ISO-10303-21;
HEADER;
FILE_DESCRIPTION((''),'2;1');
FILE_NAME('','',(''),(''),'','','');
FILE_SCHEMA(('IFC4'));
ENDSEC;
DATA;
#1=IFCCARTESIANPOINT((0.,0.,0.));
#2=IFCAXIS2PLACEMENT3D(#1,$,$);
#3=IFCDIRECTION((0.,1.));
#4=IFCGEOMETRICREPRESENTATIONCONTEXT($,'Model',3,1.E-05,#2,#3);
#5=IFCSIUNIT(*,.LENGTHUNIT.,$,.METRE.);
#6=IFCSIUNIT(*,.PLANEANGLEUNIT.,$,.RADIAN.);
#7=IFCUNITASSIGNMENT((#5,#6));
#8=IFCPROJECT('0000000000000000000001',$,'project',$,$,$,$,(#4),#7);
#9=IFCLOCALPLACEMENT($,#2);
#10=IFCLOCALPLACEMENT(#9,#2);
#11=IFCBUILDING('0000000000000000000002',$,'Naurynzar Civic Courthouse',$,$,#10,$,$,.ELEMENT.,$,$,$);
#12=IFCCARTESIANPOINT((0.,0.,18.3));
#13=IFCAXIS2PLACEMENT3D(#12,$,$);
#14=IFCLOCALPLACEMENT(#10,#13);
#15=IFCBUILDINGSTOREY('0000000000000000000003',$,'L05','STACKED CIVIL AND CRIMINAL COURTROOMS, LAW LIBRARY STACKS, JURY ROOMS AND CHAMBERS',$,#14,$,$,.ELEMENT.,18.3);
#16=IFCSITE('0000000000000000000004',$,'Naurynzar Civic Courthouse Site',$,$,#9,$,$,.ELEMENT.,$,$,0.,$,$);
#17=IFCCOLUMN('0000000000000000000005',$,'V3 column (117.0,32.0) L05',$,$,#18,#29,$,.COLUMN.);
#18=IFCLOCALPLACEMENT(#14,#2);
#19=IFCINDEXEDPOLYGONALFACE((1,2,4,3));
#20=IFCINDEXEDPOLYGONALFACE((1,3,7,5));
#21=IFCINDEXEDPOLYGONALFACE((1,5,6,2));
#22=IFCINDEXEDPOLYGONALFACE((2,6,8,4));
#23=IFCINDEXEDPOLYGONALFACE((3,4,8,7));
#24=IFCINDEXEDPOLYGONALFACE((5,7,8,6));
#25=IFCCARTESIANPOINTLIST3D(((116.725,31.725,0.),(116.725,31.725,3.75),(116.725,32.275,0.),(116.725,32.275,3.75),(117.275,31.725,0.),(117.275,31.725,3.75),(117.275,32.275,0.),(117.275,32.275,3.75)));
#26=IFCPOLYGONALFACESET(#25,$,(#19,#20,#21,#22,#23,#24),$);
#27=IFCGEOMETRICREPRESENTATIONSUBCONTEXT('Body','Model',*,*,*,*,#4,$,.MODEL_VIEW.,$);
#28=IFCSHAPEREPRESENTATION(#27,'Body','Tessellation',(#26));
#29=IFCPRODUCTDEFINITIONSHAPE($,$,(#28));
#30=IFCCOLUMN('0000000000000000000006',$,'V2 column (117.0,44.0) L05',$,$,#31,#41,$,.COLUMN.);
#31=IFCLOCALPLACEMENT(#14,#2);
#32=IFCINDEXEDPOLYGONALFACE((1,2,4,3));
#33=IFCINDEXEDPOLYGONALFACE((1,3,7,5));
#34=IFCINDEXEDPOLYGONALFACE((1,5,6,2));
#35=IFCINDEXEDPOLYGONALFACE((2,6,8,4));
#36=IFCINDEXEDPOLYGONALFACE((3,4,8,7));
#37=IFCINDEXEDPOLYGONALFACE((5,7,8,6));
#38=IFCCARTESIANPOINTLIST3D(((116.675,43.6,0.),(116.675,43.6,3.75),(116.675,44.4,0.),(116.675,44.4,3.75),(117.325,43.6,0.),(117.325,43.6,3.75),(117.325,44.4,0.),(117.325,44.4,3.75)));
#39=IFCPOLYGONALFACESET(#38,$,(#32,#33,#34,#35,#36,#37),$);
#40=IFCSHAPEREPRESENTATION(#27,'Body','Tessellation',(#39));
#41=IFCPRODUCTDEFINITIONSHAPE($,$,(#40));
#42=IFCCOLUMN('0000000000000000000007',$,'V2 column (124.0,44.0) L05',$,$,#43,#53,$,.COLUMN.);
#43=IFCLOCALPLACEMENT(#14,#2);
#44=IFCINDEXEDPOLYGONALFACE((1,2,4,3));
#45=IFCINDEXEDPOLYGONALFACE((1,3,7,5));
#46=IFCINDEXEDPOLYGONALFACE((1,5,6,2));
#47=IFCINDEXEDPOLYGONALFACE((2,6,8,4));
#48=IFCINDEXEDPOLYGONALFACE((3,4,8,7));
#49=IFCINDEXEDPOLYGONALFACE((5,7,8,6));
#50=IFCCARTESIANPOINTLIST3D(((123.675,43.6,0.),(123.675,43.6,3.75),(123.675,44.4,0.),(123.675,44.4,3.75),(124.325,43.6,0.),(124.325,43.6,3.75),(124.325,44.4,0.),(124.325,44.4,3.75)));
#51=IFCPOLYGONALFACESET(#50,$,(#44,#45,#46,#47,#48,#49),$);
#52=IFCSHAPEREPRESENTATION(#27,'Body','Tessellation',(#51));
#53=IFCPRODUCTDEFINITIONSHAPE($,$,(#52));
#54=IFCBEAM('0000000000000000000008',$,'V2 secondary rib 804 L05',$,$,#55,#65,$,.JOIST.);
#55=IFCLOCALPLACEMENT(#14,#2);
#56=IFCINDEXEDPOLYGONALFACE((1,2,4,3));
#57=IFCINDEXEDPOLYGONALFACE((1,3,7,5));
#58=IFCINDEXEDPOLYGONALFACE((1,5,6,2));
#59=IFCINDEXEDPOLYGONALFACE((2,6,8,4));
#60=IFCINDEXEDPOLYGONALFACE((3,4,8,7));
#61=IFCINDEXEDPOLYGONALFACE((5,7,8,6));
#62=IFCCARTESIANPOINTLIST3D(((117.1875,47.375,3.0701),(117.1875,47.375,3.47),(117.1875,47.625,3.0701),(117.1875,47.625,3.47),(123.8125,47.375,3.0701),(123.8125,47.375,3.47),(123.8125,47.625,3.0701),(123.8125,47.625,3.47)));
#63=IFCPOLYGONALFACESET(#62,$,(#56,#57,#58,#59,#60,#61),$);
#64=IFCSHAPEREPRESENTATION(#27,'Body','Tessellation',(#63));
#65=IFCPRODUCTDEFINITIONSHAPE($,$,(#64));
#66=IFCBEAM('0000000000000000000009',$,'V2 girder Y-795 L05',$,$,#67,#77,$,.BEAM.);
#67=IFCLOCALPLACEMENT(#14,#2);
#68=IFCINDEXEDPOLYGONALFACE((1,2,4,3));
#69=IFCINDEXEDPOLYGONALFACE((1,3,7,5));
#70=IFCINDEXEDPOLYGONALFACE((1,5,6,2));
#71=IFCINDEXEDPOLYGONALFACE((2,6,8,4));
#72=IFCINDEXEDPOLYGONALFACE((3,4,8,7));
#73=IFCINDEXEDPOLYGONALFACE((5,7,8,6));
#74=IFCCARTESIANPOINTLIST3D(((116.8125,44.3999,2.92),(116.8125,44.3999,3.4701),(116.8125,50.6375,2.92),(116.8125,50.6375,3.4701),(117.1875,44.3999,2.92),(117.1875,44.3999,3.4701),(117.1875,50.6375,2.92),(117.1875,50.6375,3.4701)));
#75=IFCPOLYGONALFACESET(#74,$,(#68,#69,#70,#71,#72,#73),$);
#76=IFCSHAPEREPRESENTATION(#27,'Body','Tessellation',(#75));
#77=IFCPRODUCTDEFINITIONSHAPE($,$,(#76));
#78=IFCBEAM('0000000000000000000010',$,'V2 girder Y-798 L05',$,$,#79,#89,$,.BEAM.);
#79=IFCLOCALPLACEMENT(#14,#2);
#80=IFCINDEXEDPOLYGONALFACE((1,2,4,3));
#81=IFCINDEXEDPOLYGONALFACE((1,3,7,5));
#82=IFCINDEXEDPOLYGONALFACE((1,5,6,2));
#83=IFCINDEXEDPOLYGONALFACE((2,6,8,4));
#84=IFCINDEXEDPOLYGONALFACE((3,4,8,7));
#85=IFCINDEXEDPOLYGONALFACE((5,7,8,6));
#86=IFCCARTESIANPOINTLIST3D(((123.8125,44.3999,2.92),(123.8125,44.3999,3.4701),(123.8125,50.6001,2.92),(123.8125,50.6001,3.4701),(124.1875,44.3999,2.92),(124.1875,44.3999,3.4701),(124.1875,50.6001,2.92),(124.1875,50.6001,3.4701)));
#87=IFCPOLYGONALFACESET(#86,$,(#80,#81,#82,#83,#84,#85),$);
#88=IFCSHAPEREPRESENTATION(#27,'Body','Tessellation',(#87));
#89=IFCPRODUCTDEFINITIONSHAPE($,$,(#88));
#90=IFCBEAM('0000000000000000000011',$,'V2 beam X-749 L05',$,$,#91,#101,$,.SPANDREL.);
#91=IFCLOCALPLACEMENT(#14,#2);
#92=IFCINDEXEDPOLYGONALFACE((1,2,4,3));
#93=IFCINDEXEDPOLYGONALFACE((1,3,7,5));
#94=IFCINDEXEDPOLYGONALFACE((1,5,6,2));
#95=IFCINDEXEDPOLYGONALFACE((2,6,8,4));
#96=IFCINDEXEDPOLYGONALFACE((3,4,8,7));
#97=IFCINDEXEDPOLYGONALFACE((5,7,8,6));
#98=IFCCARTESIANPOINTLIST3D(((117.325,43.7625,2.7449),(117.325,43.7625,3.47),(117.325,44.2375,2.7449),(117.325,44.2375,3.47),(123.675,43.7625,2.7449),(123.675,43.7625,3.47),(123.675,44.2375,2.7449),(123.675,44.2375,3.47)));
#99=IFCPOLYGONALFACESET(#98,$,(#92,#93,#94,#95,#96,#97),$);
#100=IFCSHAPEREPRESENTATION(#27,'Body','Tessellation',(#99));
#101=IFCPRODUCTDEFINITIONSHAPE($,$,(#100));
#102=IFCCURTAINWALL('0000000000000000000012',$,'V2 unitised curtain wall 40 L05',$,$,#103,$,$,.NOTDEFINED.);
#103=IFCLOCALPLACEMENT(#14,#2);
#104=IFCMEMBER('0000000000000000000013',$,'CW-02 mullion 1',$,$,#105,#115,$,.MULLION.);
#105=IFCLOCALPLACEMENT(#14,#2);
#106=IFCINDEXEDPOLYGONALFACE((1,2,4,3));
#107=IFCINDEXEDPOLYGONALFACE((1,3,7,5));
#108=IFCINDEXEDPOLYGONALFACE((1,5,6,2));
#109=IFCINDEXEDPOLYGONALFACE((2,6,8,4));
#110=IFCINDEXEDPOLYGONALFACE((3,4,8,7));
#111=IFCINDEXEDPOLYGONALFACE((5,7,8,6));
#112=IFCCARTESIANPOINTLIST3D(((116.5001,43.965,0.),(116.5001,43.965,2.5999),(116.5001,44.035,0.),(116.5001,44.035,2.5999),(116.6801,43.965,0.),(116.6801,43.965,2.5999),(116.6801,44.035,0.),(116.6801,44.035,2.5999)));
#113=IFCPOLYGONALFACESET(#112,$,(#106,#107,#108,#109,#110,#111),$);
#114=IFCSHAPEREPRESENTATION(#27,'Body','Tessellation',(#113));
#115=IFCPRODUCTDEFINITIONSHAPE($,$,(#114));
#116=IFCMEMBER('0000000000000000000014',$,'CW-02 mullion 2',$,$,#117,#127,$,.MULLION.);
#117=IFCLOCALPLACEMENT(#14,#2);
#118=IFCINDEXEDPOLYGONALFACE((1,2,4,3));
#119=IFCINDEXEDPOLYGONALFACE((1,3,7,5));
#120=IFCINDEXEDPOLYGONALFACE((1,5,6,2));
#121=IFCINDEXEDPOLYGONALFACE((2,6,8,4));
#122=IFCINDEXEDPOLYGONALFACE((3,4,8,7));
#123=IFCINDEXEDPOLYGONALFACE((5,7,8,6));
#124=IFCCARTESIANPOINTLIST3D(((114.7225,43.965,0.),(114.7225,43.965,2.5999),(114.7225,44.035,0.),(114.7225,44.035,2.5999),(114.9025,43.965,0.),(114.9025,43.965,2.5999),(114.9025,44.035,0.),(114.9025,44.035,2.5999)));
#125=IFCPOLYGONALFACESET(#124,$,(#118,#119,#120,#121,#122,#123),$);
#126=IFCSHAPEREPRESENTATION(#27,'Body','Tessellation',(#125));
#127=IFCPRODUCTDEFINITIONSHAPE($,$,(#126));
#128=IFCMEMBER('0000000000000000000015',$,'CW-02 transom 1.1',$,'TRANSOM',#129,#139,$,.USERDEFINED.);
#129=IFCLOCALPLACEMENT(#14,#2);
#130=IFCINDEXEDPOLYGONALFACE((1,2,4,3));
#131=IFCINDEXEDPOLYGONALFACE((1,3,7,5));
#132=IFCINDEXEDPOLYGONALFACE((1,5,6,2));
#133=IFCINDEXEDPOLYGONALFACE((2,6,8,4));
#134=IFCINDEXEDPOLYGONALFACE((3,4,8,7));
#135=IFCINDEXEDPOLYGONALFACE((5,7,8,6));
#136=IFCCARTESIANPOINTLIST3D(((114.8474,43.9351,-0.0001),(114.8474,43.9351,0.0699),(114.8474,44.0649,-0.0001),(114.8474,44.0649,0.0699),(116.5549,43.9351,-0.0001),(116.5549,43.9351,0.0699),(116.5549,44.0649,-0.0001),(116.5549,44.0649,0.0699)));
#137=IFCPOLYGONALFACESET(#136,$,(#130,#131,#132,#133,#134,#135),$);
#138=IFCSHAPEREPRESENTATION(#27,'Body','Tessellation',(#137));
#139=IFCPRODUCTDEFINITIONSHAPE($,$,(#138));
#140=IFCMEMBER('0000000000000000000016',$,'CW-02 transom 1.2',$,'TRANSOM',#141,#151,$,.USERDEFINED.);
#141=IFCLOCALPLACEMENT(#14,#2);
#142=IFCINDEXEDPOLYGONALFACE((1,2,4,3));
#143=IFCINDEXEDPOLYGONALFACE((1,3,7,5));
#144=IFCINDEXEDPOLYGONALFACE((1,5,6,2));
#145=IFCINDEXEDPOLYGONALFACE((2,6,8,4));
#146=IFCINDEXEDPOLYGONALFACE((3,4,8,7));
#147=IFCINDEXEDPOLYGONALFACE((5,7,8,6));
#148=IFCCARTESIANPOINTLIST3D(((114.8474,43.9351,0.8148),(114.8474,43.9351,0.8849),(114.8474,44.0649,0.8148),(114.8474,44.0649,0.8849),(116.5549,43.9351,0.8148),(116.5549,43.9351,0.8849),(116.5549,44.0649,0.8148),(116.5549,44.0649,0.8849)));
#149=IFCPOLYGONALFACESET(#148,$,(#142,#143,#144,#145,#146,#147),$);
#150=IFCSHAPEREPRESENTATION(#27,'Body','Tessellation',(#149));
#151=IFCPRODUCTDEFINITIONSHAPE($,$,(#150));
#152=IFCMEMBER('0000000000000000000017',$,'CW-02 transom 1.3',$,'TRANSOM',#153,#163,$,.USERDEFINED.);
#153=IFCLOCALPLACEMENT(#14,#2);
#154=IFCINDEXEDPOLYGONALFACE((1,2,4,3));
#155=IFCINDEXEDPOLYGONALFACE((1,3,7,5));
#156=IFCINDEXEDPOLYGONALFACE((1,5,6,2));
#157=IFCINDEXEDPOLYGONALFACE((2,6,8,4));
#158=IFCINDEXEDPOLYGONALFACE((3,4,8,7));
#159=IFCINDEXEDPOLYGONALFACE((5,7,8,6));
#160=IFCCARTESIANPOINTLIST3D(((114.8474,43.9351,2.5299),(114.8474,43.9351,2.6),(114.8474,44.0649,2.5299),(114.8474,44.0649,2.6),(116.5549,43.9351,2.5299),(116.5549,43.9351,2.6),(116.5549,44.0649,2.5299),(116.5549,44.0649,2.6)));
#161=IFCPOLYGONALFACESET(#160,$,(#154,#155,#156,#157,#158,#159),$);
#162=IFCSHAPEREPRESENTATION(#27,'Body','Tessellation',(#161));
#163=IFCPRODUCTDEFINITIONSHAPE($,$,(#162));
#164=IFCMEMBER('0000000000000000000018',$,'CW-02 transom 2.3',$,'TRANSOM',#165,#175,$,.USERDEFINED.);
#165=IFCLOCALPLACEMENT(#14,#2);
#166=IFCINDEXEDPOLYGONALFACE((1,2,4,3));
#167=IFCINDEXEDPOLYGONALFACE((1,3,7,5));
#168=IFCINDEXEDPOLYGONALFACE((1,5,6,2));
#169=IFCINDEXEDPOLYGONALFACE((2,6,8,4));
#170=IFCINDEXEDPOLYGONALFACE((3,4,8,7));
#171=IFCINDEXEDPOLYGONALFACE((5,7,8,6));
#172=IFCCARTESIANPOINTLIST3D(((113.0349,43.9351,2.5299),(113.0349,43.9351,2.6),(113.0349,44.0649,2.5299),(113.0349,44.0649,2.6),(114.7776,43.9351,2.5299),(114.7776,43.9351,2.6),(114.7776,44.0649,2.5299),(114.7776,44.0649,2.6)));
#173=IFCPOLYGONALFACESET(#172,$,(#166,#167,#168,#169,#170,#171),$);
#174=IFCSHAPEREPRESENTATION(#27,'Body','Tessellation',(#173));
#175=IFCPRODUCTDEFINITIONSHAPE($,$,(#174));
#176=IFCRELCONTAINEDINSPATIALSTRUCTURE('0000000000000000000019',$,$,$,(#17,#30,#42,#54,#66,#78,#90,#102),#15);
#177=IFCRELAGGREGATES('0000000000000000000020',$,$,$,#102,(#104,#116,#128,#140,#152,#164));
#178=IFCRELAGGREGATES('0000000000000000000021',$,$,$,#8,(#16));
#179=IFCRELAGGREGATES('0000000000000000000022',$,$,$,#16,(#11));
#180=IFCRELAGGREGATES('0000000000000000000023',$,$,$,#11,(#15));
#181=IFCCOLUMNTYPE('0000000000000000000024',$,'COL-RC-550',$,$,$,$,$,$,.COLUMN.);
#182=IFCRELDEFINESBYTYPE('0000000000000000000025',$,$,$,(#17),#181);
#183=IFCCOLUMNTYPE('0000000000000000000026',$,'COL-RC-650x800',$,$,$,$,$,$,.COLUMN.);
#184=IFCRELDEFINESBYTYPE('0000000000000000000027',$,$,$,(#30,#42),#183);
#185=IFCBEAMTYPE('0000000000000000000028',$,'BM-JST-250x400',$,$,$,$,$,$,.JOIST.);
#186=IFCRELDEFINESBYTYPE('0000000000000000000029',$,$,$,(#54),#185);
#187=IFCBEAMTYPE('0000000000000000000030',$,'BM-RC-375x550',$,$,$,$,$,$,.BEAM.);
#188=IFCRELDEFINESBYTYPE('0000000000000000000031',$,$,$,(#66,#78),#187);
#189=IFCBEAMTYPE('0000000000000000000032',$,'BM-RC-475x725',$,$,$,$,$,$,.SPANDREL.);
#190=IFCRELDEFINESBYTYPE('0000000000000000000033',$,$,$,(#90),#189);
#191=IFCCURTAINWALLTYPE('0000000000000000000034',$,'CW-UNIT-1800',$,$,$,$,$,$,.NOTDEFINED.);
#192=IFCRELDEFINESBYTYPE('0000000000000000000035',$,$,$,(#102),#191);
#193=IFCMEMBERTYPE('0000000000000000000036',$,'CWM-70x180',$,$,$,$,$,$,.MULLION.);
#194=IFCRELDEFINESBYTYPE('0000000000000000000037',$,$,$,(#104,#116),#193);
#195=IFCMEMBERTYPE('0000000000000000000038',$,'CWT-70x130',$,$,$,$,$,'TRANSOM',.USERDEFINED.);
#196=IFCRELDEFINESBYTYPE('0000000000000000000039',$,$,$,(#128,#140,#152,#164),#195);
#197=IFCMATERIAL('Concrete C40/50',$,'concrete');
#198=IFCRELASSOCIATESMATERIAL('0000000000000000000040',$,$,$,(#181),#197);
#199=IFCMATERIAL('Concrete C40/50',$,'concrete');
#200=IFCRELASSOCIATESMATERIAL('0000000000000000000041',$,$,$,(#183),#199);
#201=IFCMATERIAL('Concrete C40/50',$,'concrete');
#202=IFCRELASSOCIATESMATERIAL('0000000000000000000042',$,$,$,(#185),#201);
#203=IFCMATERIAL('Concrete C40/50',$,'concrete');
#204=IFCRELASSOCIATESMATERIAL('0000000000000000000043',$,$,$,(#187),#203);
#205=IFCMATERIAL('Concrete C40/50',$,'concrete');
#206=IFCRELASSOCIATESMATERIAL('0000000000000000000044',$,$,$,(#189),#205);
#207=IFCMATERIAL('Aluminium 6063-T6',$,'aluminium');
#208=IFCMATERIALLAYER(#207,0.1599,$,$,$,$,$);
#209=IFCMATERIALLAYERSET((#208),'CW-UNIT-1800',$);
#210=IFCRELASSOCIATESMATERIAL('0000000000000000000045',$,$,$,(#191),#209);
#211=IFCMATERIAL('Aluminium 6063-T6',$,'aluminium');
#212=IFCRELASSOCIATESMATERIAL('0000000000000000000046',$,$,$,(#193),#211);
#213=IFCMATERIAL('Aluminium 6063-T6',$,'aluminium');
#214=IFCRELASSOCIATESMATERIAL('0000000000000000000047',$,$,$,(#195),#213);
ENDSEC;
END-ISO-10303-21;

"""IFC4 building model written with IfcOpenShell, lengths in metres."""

from ifc_helpers import new_model, si_unit, direction, frame, origin, origin_2d, place, context, subcontext, project, spatial, rectangle, extrude, material, layer, layer_set, material_profile, profile_set, type_object, element, aggregate, save


model = new_model("IFC4")

# Units and contexts
model_context = context("Model", 3, precision=1e-05, world=origin(), true_north=direction((0.0, 1.0)))
body_context = subcontext(model_context, "Body", "Model", "MODEL_VIEW")
ifc_project = project(units=[si_unit("LENGTHUNIT", "METRE"), si_unit("PLANEANGLEUNIT", "RADIAN")], contexts=[model_context])

# Site, building, storey
site_placement = place(None, origin())
site = spatial("IfcSite", under=ifc_project, at=site_placement, Name="Naurynzar Civic Courthouse Site", CompositionType="ELEMENT", RefElevation=0.0)
building_placement = place(site_placement, origin())
building = spatial("IfcBuilding", under=site, at=building_placement, Name="Naurynzar Civic Courthouse", CompositionType="ELEMENT")
storey_placement = place(building_placement, frame((0.0, 0.0, 18.3)))
storey = spatial("IfcBuildingStorey", under=building, at=storey_placement, Name="L05", Description="STACKED CIVIL AND CRIMINAL COURTROOMS, LAW LIBRARY STACKS, JURY ROOMS AND CHAMBERS", CompositionType="ELEMENT", Elevation=18.3)

# Columns
ifc_material_1 = material(Name="Concrete C40/50", Category="concrete")
ifc_material_profile_1 = material_profile(ifc_material_1, rectangle(XDim=0.55, YDim=0.55, at=origin_2d()), Name="RC 550x550")
ifc_profile_set_1 = profile_set([ifc_material_profile_1], Name="Concrete C40/50")
column_type_1 = type_object("IfcColumnType", Name="COL-RC-550", PredefinedType="COLUMN", material=ifc_profile_set_1)
column_placement = place(storey_placement, frame((117.0, 32.0, 0.0), z_axis=(0.0, 0.0, 1.0), x_axis=(1.0, 0.0, 0.0)))
element("IfcColumn", 1, at=column_placement, inside=storey, type_object=column_type_1, Name="V3 column (117.0,32.0) L05", PredefinedType="COLUMN", context=body_context, shape_type="SweptSolid", body=[
    extrude(rectangle(XDim=0.55, YDim=0.55, at=origin_2d()), origin(), (0.0, 0.0, 1.0), 3.75),
])
ifc_material_2 = material(Name="Concrete C40/50", Category="concrete")
ifc_material_profile_2 = material_profile(ifc_material_2, rectangle(XDim=0.6499, YDim=0.8, at=origin_2d()), Name="RC 650x800")
ifc_profile_set_2 = profile_set([ifc_material_profile_2], Name="Concrete C40/50")
column_type_2 = type_object("IfcColumnType", Name="COL-RC-650x800", PredefinedType="COLUMN", material=ifc_profile_set_2)
for number, where, z_axis, x_axis, name in (
    (2, (117.0, 44.0, 0.0), (0.0, 0.0, 1.0), (1.0, 0.0, 0.0), "V2 column (117.0,44.0) L05"),
    (3, (124.0, 44.0, 0.0), (0.0, 0.0, 1.0), (1.0, 0.0, 0.0), "V2 column (124.0,44.0) L05"),
):
    element("IfcColumn", number, at=place(storey_placement, frame(where, z_axis=z_axis, x_axis=x_axis)), inside=storey, type_object=column_type_2, Name=name, PredefinedType="COLUMN", context=body_context, shape_type="SweptSolid", body=[
        extrude(rectangle(XDim=0.6499, YDim=0.8, at=origin_2d()), origin(), (0.0, 0.0, 1.0), 3.75),
    ])

# Beams
ifc_material_3 = material(Name="Concrete C40/50", Category="concrete")
ifc_material_profile_3 = material_profile(ifc_material_3, rectangle(XDim=0.25, YDim=0.3999, at=origin_2d()), Name="RCB 250x400")
ifc_profile_set_3 = profile_set([ifc_material_profile_3], Name="Concrete C40/50")
beam_type_1 = type_object("IfcBeamType", Name="BM-JST-250x400", PredefinedType="JOIST", material=ifc_profile_set_3)
beam_1_placement = place(storey_placement, frame((117.1875, 47.5, 3.27), z_axis=(1.0, 0.0, 0.0), x_axis=(0.0, 1.0, 0.0)))
element("IfcBeam", 4, at=beam_1_placement, inside=storey, type_object=beam_type_1, Name="V2 secondary rib 804 L05", PredefinedType="JOIST", context=body_context, shape_type="SweptSolid", body=[
    extrude(rectangle(XDim=0.25, YDim=0.3999, at=origin_2d()), origin(), (0.0, 0.0, 1.0), 6.625),
])
ifc_material_4 = material(Name="Concrete C40/50", Category="concrete")
ifc_material_profile_4 = material_profile(ifc_material_4, rectangle(XDim=0.375, YDim=0.55, at=origin_2d()), Name="RCB 375x550")
ifc_profile_set_4 = profile_set([ifc_material_profile_4], Name="Concrete C40/50")
beam_type_2 = type_object("IfcBeamType", Name="BM-RC-375x550", PredefinedType="BEAM", material=ifc_profile_set_4)
beam_2_placement = place(storey_placement, frame((117.0, 44.3999, 3.1951), z_axis=(0.0, 1.0, 0.0), x_axis=(-1.0, 0.0, 0.0)))
element("IfcBeam", 5, at=beam_2_placement, inside=storey, type_object=beam_type_2, Name="V2 girder Y-795 L05", PredefinedType="BEAM", context=body_context, shape_type="SweptSolid", body=[
    extrude(rectangle(XDim=0.375, YDim=0.55, at=origin_2d()), origin(), (0.0, 0.0, 1.0), 6.2375),
])
beam_3_placement = place(storey_placement, frame((124.0, 44.3999, 3.1951), z_axis=(0.0, 1.0, 0.0), x_axis=(-1.0, 0.0, 0.0)))
element("IfcBeam", 6, at=beam_3_placement, inside=storey, type_object=beam_type_2, Name="V2 girder Y-798 L05", PredefinedType="BEAM", context=body_context, shape_type="SweptSolid", body=[
    extrude(rectangle(XDim=0.375, YDim=0.55, at=origin_2d()), origin(), (0.0, 0.0, 1.0), 6.2002),
])
ifc_material_5 = material(Name="Concrete C40/50", Category="concrete")
ifc_material_profile_5 = material_profile(ifc_material_5, rectangle(XDim=0.4751, YDim=0.7251, at=origin_2d()), Name="RCB 475x725")
ifc_profile_set_5 = profile_set([ifc_material_profile_5], Name="Concrete C40/50")
beam_type_3 = type_object("IfcBeamType", Name="BM-RC-475x725", PredefinedType="SPANDREL", material=ifc_profile_set_5)
beam_4_placement = place(storey_placement, frame((117.325, 44.0, 3.1074), z_axis=(1.0, 0.0, 0.0), x_axis=(0.0, 1.0, 0.0)))
element("IfcBeam", 7, at=beam_4_placement, inside=storey, type_object=beam_type_3, Name="V2 beam X-749 L05", PredefinedType="SPANDREL", context=body_context, shape_type="SweptSolid", body=[
    extrude(rectangle(XDim=0.4751, YDim=0.7251, at=origin_2d()), origin(), (0.0, 0.0, 1.0), 6.3501),
])

# Curtain wall, members
ifc_material_6 = material(Name="Aluminium 6063-T6", Category="aluminium")
ifc_layer_1 = layer(ifc_material_6, 0.1599)
ifc_layer_set_1 = layer_set([ifc_layer_1], Name="CW-UNIT-1800")
curtain_wall_type = type_object("IfcCurtainWallType", Name="CW-UNIT-1800", PredefinedType="NOTDEFINED", material=ifc_layer_set_1)
curtain_wall_placement = place(storey_placement, origin())
curtain_wall = element("IfcCurtainWall", 8, at=curtain_wall_placement, inside=storey, type_object=curtain_wall_type, Name="V2 unitised curtain wall 40 L05", PredefinedType="NOTDEFINED")
ifc_material_7 = material(Name="Aluminium 6063-T6", Category="aluminium")
ifc_material_profile_6 = material_profile(ifc_material_7, rectangle(XDim=0.0701, YDim=0.1799, at=origin_2d()), Name="ALU MULLION 70x180")
ifc_profile_set_6 = profile_set([ifc_material_profile_6], Name="Aluminium 6063-T6")
member_type_1 = type_object("IfcMemberType", Name="CWM-70x180", PredefinedType="MULLION", material=ifc_profile_set_6)
member_1_placement = place(storey_placement, frame((116.5901, 44.0, 0.0), z_axis=(0.0, 0.0, 1.0), x_axis=(0.0, -1.0, 0.0)))
member_1 = element("IfcMember", 9, at=member_1_placement, type_object=member_type_1, Name="CW-02 mullion 1", PredefinedType="MULLION", context=body_context, shape_type="SweptSolid", body=[
    extrude(rectangle(XDim=0.0701, YDim=0.1799, at=origin_2d()), origin(), (0.0, 0.0, 1.0), 2.5999),
])
member_2_placement = place(storey_placement, frame((114.8125, 44.0, 0.0), z_axis=(0.0, 0.0, 1.0), x_axis=(0.0, -1.0, 0.0)))
member_2 = element("IfcMember", 10, at=member_2_placement, type_object=member_type_1, Name="CW-02 mullion 2", PredefinedType="MULLION", context=body_context, shape_type="SweptSolid", body=[
    extrude(rectangle(XDim=0.0701, YDim=0.1799, at=origin_2d()), origin(), (0.0, 0.0, 1.0), 2.5999),
])
ifc_material_8 = material(Name="Aluminium 6063-T6", Category="aluminium")
ifc_material_profile_7 = material_profile(ifc_material_8, rectangle(XDim=0.1299, YDim=0.0701, at=origin_2d()), Name="ALU TRANSOM 70x130")
ifc_profile_set_7 = profile_set([ifc_material_profile_7], Name="Aluminium 6063-T6")
member_type_2 = type_object("IfcMemberType", Name="CWT-70x130", ElementType="TRANSOM", PredefinedType="USERDEFINED", material=ifc_profile_set_7)
member_3_placement = place(storey_placement, frame((116.5549, 44.0, 0.0349), z_axis=(-1.0, 0.0, 0.0), x_axis=(0.0, -1.0, 0.0)))
member_3 = element("IfcMember", 11, at=member_3_placement, type_object=member_type_2, Name="CW-02 transom 1.1", ObjectType="TRANSOM", PredefinedType="USERDEFINED", context=body_context, shape_type="SweptSolid", body=[
    extrude(rectangle(XDim=0.1299, YDim=0.0701, at=origin_2d()), origin(), (0.0, 0.0, 1.0), 1.7075),
])
member_4_placement = place(storey_placement, frame((116.5549, 44.0, 0.8499), z_axis=(-1.0, 0.0, 0.0), x_axis=(0.0, -1.0, 0.0)))
member_4 = element("IfcMember", 12, at=member_4_placement, type_object=member_type_2, Name="CW-02 transom 1.2", ObjectType="TRANSOM", PredefinedType="USERDEFINED", context=body_context, shape_type="SweptSolid", body=[
    extrude(rectangle(XDim=0.1299, YDim=0.0701, at=origin_2d()), origin(), (0.0, 0.0, 1.0), 1.7075),
])
member_5_placement = place(storey_placement, frame((116.5549, 44.0, 2.5649), z_axis=(-1.0, 0.0, 0.0), x_axis=(0.0, -1.0, 0.0)))
member_5 = element("IfcMember", 13, at=member_5_placement, type_object=member_type_2, Name="CW-02 transom 1.3", ObjectType="TRANSOM", PredefinedType="USERDEFINED", context=body_context, shape_type="SweptSolid", body=[
    extrude(rectangle(XDim=0.1299, YDim=0.0701, at=origin_2d()), origin(), (0.0, 0.0, 1.0), 1.7075),
])
member_6_placement = place(storey_placement, frame((114.7776, 44.0, 2.5649), z_axis=(-1.0, 0.0, 0.0), x_axis=(0.0, -1.0, 0.0)))
member_6 = element("IfcMember", 14, at=member_6_placement, type_object=member_type_2, Name="CW-02 transom 2.3", ObjectType="TRANSOM", PredefinedType="USERDEFINED", context=body_context, shape_type="SweptSolid", body=[
    extrude(rectangle(XDim=0.1299, YDim=0.0701, at=origin_2d()), origin(), (0.0, 0.0, 1.0), 1.7427),
])
aggregate(curtain_wall, [member_1, member_2, member_3, member_4, member_5, member_6])

save(model, "model.ifc")
